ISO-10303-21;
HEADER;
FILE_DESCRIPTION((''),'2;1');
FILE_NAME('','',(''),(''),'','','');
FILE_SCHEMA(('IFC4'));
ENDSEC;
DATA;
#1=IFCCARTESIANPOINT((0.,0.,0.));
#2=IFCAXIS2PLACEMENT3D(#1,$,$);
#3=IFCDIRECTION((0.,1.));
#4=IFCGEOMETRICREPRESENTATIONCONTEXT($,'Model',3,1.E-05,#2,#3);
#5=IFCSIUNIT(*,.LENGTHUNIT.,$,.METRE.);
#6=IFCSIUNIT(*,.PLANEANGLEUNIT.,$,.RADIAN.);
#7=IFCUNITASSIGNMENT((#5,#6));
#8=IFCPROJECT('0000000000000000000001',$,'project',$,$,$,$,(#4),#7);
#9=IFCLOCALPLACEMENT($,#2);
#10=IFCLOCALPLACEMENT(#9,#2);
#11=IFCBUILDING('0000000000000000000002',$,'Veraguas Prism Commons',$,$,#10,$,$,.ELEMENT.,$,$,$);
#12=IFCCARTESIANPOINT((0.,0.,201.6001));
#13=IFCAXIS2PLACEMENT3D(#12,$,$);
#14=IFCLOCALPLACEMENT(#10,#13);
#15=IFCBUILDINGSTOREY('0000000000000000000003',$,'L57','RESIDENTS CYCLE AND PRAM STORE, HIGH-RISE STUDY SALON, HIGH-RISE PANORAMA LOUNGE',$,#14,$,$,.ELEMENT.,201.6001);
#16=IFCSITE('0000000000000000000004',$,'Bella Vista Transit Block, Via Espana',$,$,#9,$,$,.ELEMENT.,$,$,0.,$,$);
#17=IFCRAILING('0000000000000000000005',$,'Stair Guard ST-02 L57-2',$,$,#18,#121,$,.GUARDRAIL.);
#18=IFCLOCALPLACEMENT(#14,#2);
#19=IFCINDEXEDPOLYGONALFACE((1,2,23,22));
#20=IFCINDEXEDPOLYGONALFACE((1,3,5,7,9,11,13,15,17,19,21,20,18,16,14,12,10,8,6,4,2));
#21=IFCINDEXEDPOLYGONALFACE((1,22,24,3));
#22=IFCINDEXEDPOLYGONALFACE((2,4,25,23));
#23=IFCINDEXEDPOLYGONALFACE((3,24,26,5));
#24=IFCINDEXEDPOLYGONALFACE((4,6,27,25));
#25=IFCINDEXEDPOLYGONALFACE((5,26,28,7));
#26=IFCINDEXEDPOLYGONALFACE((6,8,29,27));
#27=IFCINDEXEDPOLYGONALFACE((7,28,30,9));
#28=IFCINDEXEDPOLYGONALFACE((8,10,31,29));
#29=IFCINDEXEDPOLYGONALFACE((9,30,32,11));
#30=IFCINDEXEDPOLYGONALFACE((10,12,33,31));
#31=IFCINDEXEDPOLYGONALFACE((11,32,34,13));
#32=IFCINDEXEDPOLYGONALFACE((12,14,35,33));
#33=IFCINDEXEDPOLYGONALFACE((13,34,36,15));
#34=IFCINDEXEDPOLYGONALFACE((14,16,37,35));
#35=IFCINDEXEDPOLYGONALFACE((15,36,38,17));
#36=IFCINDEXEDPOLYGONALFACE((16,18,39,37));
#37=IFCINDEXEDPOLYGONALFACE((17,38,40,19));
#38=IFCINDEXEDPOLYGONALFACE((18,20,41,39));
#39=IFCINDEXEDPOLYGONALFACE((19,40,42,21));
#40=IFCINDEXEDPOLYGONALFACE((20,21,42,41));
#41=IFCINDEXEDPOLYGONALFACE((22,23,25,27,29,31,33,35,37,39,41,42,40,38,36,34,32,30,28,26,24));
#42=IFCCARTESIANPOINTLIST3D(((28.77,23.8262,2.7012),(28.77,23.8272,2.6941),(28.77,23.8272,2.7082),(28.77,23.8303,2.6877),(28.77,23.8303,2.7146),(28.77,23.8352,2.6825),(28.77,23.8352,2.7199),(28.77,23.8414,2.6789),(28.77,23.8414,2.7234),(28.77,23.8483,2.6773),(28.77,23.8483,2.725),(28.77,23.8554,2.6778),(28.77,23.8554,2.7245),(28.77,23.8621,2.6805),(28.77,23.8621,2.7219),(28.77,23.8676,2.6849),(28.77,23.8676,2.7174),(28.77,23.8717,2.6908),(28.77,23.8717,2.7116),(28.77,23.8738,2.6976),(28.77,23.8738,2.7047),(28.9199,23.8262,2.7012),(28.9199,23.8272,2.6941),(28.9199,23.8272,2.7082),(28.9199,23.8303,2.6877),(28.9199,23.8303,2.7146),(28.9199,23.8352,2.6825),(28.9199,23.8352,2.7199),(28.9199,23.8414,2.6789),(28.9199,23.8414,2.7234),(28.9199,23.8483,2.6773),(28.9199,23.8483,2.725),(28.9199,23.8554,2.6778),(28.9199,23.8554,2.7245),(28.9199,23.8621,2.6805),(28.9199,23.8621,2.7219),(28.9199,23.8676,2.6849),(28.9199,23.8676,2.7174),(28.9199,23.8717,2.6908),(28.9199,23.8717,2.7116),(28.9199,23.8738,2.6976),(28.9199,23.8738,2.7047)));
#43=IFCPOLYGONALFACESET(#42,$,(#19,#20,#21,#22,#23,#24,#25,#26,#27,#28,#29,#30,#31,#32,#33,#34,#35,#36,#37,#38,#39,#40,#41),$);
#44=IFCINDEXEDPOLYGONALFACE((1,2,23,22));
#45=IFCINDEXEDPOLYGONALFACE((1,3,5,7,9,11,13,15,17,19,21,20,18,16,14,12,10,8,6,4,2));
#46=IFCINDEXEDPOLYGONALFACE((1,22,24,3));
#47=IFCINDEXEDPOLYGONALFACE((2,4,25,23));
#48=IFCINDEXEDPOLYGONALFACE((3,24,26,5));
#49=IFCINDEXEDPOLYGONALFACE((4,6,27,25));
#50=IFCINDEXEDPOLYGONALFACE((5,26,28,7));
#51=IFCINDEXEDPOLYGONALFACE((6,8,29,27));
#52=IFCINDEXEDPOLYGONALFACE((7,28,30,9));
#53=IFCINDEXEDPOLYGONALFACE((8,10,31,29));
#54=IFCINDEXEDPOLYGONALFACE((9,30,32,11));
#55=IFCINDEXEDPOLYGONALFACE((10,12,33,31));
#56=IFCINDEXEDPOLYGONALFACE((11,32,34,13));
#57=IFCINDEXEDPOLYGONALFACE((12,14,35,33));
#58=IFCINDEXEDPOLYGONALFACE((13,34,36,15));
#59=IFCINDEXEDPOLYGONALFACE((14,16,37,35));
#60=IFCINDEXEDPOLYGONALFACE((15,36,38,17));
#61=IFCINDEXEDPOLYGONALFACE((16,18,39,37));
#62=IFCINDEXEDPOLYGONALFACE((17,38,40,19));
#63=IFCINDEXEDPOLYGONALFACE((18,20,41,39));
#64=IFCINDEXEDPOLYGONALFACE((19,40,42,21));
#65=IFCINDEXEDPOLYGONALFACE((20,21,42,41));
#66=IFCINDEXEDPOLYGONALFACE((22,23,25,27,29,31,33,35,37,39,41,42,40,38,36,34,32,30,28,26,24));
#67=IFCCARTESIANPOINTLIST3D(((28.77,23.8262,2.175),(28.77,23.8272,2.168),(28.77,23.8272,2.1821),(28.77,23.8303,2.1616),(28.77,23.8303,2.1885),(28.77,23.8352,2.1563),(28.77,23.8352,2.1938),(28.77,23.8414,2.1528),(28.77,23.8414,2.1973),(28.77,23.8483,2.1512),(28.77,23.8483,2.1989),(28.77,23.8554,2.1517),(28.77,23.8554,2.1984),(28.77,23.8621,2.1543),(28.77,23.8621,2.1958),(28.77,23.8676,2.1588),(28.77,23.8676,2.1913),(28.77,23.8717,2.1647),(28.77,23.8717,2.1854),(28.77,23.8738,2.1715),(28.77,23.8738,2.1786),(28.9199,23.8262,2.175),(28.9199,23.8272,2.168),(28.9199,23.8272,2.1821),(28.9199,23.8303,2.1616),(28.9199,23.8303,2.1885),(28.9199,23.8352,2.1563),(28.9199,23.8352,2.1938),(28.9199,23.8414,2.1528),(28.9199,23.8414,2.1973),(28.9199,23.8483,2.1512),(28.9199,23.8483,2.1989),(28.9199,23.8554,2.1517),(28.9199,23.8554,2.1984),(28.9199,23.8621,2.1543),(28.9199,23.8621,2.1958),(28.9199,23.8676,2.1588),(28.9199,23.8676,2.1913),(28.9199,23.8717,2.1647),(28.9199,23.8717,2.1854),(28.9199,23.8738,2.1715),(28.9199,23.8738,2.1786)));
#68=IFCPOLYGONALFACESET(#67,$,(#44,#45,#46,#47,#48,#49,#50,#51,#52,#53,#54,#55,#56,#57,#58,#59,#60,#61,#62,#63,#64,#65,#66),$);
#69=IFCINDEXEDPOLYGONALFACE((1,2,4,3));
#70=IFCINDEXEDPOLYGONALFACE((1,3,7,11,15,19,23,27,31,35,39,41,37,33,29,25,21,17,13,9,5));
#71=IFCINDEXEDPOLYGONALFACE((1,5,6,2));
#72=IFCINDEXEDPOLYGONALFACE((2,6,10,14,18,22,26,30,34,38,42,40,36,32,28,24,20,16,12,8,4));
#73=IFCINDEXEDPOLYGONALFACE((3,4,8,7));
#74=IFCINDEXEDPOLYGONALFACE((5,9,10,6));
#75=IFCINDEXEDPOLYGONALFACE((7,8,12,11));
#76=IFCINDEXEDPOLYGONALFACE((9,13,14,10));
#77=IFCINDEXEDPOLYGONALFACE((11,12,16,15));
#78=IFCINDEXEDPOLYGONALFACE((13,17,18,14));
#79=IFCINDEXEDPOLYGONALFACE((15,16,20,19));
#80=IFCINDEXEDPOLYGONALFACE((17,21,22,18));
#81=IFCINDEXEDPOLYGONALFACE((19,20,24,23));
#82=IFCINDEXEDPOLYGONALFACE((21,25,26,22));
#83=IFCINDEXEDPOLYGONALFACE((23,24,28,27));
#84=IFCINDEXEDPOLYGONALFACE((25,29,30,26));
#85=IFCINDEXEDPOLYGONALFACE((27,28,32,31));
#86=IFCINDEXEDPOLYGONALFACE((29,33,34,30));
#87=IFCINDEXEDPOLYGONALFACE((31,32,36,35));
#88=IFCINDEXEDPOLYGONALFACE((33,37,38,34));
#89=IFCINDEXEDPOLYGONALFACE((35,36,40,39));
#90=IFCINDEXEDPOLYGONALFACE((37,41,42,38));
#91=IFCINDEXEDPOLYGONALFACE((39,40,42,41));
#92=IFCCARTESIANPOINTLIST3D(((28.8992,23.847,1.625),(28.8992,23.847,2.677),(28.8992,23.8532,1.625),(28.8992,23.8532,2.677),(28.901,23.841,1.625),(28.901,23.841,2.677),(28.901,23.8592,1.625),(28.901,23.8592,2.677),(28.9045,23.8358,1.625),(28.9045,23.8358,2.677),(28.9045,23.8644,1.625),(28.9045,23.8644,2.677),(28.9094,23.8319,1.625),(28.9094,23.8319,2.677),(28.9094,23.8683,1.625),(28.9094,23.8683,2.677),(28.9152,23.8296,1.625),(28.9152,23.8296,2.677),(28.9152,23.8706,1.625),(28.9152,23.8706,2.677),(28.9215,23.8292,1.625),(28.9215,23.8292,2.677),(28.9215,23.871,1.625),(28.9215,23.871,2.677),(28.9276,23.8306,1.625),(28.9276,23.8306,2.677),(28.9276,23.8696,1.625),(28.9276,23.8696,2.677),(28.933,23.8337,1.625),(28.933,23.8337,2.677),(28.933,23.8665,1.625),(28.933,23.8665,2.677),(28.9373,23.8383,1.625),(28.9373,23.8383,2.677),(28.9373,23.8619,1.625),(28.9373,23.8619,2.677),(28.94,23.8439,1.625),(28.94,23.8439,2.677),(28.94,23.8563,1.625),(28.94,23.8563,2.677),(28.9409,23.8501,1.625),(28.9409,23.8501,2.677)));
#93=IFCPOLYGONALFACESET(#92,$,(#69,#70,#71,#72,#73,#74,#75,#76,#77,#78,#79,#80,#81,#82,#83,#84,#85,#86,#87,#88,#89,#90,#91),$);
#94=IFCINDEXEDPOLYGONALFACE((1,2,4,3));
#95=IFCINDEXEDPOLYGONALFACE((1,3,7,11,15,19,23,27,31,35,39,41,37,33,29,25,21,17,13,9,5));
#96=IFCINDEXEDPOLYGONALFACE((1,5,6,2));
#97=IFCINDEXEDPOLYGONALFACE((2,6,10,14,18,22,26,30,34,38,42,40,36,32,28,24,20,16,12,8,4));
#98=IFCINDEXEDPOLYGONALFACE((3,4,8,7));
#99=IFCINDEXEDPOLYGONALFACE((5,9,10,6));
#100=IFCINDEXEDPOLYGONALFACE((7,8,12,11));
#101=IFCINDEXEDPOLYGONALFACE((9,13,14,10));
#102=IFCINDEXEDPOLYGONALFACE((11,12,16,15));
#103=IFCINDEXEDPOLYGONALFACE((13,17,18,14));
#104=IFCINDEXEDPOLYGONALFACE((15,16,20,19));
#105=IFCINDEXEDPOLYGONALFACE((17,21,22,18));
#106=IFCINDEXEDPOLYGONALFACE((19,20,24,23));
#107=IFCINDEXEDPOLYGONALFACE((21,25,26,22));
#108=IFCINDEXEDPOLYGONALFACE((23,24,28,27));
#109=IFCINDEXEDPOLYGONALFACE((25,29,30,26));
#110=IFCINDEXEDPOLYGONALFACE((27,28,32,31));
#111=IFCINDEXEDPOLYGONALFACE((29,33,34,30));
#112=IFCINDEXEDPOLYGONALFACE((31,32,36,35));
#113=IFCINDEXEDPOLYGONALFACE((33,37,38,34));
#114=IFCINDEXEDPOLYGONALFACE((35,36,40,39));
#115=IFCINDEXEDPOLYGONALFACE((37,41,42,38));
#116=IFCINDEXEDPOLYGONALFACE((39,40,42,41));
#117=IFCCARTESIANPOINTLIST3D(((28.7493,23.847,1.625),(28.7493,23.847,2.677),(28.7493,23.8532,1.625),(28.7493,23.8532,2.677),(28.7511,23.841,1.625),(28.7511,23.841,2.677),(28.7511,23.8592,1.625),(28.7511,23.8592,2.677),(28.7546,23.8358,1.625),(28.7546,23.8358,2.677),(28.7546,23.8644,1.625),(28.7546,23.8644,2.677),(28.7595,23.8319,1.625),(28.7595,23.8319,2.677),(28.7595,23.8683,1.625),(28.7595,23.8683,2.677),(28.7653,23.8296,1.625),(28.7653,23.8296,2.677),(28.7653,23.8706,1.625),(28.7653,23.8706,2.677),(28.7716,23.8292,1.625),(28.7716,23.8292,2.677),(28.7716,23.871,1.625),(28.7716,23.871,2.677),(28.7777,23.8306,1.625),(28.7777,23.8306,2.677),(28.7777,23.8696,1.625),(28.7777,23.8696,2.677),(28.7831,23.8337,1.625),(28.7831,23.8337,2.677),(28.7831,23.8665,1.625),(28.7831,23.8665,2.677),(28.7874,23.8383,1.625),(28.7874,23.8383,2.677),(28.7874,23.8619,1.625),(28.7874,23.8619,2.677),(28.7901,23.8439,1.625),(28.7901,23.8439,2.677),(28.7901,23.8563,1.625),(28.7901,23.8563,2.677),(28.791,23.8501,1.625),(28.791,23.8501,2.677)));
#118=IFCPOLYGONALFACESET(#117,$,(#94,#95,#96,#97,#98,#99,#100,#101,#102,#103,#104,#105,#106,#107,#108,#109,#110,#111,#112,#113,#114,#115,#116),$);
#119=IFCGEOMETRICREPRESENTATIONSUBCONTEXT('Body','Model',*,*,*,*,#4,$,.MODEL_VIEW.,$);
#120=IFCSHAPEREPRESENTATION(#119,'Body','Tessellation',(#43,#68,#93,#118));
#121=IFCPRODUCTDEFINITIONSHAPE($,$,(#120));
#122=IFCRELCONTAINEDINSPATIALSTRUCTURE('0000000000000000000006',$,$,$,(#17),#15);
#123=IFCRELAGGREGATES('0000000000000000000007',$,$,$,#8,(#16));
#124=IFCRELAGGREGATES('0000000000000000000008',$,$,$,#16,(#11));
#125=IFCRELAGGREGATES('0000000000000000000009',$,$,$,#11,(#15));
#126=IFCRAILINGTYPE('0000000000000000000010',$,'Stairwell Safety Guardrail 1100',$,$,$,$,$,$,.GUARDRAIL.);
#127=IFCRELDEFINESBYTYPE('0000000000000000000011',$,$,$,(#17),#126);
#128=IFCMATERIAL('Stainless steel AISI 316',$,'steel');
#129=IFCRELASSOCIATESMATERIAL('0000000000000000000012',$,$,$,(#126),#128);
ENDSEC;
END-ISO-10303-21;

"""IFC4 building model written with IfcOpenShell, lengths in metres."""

from ifc_helpers import new_model, si_unit, direction, frame, origin, origin_2d, place, context, subcontext, project, spatial, circle, extrude, material, type_object, element, save


model = new_model("IFC4")

# Units and contexts
model_context = context("Model", 3, precision=1e-05, world=origin(), true_north=direction((0.0, 1.0)))
body_context = subcontext(model_context, "Body", "Model", "MODEL_VIEW")
ifc_project = project(units=[si_unit("LENGTHUNIT", "METRE"), si_unit("PLANEANGLEUNIT", "RADIAN")], contexts=[model_context])

# Site, building, storey
site_placement = place(None, origin())
site = spatial("IfcSite", under=ifc_project, at=site_placement, Name="Bella Vista Transit Block, Via Espana", CompositionType="ELEMENT", RefElevation=0.0)
building_placement = place(site_placement, origin())
building = spatial("IfcBuilding", under=site, at=building_placement, Name="Veraguas Prism Commons", CompositionType="ELEMENT")
storey_placement = place(building_placement, frame((0.0, 0.0, 201.6001)))
storey = spatial("IfcBuildingStorey", under=building, at=storey_placement, Name="L57", Description="RESIDENTS CYCLE AND PRAM STORE, HIGH-RISE STUDY SALON, HIGH-RISE PANORAMA LOUNGE", CompositionType="ELEMENT", Elevation=201.6001)

# Railing
ifc_material_1 = material(Name="Stainless steel AISI 316", Category="steel")
railing_type_1 = type_object("IfcRailingType", Name="Stairwell Safety Guardrail 1100", PredefinedType="GUARDRAIL", material=ifc_material_1)
railing_1_placement = place(storey_placement, frame((28.9199, 23.8501, 1.625)))
element("IfcRailing", 1, at=railing_1_placement, inside=storey, type_object=railing_type_1, Name="Stair Guard ST-02 L57-2", PredefinedType="GUARDRAIL", context=body_context, shape_type="SweptSolid", body=[
    extrude(circle(Radius=0.0239, at=origin_2d()), frame((0.0, 0.0, 1.0762), z_axis=(-1.0, 0.0, 0.0), x_axis=(0.0, -1.0, 0.0)), (0.0, 0.0, 1.0), 0.1499),
    extrude(circle(Radius=0.0239, at=origin_2d()), frame((0.0, 0.0, 0.55), z_axis=(-1.0, 0.0, 0.0), x_axis=(0.0, -1.0, 0.0)), (0.0, 0.0, 1.0), 0.1499),
    extrude(circle(Radius=0.021, at=origin_2d()), origin(), (0.0, 0.0, 1.0), 1.052),
    extrude(circle(Radius=0.021, at=origin_2d()), frame((-0.1499, 0.0, 0.0)), (0.0, 0.0, 1.0), 1.052),
])

save(model, "model.ifc")
